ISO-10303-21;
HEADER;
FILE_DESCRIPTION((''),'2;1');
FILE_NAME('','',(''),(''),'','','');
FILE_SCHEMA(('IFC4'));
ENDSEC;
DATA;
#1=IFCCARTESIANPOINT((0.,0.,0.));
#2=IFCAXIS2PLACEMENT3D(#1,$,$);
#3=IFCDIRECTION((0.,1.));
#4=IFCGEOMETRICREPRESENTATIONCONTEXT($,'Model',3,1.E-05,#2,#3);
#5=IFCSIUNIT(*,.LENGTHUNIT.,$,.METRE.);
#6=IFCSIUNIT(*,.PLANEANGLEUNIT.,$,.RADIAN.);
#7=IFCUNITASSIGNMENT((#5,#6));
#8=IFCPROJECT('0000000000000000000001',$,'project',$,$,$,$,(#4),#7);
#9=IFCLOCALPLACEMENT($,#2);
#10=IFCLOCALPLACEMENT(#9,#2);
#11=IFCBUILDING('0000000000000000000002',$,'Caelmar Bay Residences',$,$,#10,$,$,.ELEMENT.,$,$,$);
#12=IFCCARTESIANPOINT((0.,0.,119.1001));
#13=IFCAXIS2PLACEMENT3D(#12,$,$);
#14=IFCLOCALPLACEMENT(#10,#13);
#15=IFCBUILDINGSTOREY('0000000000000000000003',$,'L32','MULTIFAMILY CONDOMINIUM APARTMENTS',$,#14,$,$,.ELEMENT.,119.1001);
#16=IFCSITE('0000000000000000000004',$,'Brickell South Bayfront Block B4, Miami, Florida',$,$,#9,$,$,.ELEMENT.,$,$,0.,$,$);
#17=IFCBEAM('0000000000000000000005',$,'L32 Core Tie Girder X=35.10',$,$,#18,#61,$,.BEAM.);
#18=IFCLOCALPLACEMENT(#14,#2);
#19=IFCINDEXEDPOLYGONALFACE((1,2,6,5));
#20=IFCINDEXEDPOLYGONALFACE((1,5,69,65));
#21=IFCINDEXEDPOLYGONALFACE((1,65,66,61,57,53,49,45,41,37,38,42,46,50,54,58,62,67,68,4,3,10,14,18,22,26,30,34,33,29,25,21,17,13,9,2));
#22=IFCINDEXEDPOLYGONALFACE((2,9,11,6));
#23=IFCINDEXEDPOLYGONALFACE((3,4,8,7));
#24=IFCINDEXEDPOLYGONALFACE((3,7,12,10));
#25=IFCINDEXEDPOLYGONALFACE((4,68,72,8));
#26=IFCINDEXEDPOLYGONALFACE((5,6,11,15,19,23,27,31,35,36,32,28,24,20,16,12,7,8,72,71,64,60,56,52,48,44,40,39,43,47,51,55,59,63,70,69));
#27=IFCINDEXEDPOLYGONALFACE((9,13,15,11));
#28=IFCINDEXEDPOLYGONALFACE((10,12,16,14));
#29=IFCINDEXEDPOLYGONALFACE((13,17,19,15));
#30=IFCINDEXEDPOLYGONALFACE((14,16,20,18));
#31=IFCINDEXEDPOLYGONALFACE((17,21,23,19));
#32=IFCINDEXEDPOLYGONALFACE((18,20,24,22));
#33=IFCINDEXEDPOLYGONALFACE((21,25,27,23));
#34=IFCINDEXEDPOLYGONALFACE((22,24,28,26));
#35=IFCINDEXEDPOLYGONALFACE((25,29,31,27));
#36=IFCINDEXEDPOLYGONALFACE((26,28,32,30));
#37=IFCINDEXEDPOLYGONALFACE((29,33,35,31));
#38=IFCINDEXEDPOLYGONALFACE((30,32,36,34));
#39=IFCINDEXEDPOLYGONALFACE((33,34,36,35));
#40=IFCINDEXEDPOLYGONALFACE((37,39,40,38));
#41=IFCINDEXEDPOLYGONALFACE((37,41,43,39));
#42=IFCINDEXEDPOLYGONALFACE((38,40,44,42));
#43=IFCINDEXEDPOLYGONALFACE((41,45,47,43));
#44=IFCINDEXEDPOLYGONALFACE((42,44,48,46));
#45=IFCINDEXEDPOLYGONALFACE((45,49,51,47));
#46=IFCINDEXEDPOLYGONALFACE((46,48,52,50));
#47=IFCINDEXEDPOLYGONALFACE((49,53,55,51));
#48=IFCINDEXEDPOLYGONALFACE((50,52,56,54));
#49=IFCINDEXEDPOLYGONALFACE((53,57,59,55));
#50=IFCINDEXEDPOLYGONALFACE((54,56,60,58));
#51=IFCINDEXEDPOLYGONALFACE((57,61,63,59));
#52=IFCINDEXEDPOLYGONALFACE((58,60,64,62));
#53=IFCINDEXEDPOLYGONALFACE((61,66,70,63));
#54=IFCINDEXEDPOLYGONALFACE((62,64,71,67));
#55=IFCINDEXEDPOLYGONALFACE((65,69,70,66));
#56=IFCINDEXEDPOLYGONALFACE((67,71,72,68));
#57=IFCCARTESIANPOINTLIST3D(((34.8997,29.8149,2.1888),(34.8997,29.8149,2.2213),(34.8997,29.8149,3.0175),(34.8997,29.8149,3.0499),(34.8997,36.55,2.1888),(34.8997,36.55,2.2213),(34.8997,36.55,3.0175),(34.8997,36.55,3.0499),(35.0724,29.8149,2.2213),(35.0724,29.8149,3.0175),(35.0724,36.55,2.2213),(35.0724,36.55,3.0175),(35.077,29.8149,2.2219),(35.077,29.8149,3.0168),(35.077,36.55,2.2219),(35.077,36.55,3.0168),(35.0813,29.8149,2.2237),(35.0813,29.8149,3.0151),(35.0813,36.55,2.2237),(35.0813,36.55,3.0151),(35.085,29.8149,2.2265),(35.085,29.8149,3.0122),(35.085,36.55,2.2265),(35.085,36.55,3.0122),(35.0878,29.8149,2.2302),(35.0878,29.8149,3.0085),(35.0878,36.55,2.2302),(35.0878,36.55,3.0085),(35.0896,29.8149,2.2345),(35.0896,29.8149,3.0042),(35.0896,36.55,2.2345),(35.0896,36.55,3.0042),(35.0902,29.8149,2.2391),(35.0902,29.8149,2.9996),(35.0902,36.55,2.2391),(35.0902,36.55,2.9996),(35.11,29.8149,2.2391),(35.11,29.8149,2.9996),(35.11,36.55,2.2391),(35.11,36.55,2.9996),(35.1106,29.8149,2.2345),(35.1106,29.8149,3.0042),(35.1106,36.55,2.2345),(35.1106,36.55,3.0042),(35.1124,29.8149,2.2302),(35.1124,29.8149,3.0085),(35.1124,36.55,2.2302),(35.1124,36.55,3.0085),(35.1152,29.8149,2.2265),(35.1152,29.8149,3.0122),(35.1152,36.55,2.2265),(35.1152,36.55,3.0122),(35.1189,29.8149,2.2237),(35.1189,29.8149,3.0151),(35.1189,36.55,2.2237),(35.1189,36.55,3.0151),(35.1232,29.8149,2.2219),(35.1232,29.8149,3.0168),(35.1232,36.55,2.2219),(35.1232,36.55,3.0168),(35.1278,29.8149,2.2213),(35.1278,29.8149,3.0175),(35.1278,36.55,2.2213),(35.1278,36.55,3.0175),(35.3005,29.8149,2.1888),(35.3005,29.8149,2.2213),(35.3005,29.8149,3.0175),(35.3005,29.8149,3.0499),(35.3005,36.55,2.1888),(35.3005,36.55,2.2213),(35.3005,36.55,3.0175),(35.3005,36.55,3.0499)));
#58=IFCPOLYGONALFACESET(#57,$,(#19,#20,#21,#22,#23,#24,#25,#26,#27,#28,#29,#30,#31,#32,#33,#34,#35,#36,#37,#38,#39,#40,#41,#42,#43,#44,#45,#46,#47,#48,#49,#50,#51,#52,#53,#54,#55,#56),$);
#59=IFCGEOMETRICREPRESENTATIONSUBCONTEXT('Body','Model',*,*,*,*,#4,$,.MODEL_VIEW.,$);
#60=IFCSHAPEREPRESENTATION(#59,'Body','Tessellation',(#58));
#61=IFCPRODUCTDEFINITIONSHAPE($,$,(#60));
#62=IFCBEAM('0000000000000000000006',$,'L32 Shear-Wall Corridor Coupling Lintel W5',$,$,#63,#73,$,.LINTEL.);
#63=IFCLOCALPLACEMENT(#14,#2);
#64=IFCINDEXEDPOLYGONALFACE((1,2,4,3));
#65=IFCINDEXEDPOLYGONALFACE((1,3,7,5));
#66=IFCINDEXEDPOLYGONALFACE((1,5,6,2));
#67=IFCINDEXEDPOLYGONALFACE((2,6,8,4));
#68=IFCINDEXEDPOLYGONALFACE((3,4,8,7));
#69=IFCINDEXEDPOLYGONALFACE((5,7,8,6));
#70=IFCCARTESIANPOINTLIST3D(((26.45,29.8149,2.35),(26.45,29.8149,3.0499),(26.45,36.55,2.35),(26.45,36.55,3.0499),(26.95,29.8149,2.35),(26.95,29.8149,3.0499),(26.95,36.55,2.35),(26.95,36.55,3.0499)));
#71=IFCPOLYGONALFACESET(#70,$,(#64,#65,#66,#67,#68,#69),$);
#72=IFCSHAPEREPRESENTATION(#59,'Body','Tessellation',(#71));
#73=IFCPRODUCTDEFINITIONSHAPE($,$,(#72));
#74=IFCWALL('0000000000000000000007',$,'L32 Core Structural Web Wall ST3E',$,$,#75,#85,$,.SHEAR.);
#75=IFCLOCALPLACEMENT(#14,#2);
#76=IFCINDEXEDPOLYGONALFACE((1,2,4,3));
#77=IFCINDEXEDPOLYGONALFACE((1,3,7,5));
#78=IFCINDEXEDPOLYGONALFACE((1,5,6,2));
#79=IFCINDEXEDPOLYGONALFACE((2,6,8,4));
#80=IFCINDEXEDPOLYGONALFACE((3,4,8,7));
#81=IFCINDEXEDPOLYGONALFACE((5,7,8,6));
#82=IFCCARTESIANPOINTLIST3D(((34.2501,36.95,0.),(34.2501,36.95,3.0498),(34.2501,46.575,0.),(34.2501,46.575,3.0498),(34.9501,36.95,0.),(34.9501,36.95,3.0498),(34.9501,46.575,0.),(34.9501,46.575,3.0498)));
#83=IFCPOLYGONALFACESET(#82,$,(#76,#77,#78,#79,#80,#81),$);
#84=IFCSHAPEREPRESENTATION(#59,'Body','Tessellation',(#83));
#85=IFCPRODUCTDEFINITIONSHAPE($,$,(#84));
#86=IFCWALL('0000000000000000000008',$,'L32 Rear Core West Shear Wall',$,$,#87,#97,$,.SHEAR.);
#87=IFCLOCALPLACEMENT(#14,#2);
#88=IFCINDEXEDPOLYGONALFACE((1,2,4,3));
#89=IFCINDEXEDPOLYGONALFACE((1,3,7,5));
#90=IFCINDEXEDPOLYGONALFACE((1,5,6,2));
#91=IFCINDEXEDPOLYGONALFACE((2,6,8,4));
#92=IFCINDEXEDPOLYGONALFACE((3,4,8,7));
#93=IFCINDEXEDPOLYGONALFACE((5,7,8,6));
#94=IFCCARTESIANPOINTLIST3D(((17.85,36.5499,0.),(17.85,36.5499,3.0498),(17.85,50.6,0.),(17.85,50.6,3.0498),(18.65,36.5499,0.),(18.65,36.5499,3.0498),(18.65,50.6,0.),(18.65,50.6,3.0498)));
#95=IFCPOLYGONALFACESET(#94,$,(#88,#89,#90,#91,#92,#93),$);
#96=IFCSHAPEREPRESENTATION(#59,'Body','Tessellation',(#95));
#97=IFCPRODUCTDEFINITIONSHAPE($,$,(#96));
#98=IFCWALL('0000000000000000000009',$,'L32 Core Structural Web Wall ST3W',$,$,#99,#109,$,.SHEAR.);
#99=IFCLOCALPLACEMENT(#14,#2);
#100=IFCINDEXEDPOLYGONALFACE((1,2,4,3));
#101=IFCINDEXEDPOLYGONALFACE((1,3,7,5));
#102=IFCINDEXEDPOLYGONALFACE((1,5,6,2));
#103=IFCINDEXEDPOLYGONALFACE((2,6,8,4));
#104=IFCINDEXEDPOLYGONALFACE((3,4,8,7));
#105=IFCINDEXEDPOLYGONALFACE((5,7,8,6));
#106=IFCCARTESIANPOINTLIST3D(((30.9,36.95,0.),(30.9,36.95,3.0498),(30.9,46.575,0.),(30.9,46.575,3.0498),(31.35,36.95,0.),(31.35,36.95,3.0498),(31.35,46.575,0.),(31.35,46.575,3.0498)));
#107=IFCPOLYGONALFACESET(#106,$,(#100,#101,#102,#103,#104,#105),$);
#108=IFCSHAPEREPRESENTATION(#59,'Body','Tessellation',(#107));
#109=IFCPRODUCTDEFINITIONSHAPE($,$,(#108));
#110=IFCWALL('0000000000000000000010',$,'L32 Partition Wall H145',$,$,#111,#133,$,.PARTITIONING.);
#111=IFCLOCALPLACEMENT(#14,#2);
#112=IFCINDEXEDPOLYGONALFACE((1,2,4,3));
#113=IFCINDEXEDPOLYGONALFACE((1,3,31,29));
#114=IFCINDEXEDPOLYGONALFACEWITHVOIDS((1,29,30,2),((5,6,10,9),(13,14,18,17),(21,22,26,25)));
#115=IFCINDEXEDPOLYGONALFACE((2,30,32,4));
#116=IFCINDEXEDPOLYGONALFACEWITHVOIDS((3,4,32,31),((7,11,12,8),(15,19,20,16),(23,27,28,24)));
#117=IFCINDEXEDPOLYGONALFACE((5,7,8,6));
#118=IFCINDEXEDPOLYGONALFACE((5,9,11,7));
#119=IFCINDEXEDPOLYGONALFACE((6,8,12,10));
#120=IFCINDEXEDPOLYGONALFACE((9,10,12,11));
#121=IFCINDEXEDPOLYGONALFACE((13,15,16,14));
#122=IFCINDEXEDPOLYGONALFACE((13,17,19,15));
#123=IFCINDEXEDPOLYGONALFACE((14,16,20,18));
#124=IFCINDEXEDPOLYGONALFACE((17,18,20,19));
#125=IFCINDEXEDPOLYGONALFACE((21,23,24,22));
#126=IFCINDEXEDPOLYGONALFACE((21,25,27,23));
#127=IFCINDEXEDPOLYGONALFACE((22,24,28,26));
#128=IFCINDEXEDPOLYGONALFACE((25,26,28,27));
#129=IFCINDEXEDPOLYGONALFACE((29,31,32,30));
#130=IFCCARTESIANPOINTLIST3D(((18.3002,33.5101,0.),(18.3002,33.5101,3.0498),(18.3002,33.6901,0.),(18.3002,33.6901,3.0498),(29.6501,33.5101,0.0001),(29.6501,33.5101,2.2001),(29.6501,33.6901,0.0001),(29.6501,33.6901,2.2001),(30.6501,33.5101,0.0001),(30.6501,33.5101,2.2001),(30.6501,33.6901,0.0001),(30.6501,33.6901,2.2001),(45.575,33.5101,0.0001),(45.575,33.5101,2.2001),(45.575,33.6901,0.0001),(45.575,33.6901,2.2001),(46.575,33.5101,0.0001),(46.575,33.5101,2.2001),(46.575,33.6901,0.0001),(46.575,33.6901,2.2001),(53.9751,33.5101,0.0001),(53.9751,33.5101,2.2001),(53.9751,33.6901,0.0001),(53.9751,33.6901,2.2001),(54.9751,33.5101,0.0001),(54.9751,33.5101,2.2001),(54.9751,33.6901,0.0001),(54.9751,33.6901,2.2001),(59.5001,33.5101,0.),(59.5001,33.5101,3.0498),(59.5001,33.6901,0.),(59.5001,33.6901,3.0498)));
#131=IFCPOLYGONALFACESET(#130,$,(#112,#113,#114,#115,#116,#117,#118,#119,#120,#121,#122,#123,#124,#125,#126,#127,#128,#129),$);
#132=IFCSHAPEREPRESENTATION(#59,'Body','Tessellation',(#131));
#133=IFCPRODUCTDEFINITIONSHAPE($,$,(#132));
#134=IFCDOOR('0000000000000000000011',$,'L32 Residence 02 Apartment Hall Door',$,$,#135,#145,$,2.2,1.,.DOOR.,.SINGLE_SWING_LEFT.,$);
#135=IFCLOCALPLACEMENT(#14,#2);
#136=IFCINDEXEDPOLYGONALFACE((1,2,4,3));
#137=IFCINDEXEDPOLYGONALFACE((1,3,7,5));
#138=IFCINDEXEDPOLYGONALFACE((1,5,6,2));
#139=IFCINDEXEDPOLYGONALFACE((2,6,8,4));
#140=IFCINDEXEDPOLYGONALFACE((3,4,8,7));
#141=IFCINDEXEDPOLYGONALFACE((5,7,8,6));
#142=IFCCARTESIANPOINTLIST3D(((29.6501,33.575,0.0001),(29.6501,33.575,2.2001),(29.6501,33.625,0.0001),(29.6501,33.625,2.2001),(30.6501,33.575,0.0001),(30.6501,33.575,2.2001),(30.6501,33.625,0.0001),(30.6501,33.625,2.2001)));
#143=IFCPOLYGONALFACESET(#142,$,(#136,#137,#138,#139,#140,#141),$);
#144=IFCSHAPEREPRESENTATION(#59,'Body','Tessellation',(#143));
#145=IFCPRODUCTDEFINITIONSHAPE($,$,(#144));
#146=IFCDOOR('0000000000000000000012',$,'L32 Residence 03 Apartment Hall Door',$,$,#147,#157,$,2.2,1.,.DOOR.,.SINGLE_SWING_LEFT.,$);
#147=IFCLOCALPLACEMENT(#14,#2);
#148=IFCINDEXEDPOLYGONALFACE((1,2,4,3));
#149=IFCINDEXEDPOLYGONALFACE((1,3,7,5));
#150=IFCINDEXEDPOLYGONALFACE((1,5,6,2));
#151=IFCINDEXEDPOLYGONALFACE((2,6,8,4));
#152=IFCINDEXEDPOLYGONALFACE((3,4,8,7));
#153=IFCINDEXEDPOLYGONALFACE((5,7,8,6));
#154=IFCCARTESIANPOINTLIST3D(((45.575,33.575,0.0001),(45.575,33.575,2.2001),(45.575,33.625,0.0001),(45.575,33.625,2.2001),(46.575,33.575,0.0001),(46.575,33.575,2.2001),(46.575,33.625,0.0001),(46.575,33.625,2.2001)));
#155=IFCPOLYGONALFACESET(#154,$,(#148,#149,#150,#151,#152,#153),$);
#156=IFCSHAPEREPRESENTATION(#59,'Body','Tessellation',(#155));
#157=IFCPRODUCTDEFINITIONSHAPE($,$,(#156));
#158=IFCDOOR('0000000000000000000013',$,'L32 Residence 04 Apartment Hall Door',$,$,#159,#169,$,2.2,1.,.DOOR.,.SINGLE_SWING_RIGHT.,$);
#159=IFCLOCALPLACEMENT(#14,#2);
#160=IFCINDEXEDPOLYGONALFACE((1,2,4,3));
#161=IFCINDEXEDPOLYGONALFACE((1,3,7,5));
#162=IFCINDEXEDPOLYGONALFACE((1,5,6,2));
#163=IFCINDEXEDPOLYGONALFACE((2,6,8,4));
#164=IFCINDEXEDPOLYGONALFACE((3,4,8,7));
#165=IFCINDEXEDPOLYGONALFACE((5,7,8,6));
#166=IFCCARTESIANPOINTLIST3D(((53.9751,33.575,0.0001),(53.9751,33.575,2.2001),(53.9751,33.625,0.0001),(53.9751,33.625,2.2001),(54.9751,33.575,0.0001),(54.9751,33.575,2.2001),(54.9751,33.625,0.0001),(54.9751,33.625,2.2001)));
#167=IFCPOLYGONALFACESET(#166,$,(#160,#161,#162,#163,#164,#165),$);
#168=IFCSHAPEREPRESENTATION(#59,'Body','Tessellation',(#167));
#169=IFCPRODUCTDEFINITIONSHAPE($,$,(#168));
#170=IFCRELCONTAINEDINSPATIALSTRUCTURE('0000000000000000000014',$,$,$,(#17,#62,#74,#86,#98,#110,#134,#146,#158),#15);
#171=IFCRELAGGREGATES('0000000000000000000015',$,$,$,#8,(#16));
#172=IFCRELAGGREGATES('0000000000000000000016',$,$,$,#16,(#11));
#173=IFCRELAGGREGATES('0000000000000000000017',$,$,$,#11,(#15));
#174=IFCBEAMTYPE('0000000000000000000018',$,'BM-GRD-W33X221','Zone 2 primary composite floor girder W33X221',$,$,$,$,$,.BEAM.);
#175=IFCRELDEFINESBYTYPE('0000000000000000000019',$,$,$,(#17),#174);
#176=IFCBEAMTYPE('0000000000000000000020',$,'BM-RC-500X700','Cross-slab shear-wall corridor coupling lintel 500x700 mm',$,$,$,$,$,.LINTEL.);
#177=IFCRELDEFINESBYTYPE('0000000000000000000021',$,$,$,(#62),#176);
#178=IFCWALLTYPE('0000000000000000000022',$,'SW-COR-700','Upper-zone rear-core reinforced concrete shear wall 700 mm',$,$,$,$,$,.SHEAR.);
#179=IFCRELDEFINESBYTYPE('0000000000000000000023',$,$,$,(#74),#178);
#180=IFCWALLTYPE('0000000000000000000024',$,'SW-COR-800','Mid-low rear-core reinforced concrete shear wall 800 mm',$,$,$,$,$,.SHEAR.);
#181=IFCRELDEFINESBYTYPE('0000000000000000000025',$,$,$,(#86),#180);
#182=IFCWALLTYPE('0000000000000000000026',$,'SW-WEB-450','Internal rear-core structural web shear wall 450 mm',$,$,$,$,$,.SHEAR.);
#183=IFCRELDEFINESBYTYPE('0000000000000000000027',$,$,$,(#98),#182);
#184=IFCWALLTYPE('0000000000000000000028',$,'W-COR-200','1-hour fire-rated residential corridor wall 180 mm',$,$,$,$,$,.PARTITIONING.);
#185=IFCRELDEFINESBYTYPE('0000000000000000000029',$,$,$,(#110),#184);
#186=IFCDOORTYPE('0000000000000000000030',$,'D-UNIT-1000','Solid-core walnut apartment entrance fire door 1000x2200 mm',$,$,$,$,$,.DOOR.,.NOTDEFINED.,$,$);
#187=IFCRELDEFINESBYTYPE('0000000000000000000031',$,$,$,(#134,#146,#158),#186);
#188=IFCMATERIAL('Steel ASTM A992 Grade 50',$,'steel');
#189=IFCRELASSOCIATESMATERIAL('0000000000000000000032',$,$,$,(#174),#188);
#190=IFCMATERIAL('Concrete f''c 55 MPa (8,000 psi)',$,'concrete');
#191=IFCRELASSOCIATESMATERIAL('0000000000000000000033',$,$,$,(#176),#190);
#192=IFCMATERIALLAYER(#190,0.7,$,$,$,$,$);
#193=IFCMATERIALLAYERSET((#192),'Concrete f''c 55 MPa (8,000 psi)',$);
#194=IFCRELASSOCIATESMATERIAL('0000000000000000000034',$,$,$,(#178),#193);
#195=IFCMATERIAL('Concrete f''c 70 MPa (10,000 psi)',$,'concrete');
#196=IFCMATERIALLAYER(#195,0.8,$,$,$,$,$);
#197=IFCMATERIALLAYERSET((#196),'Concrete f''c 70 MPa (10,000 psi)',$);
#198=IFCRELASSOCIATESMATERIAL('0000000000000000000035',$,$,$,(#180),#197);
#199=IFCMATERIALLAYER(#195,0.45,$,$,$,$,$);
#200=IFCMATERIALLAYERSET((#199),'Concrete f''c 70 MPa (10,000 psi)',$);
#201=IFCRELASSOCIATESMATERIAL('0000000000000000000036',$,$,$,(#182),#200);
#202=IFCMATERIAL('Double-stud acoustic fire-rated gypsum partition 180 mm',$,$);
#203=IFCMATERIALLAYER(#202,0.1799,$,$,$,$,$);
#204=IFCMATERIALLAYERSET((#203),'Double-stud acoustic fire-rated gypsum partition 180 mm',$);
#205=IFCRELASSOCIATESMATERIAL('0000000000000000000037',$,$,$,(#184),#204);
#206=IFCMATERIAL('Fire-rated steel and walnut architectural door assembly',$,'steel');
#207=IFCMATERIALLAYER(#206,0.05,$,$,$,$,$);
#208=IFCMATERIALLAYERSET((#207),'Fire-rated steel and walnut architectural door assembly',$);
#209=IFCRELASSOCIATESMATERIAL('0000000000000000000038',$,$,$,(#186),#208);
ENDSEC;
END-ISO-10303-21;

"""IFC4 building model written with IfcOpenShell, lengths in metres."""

from ifc_helpers import new_model, si_unit, direction, frame, frame_2d, origin, origin_2d, place, context, subcontext, project, spatial, rectangle, i_section, extrude, material, layer, layer_set, material_profile, profile_set, type_object, element, fill, save


model = new_model("IFC4")

# Units and contexts
model_context = context("Model", 3, precision=1e-05, world=origin(), true_north=direction((0.0, 1.0)))
body_context = subcontext(model_context, "Body", "Model", "MODEL_VIEW")
ifc_project = project(units=[si_unit("LENGTHUNIT", "METRE"), si_unit("PLANEANGLEUNIT", "RADIAN")], contexts=[model_context])

# Site, building, storey
site_placement = place(None, origin())
site = spatial("IfcSite", under=ifc_project, at=site_placement, Name="Brickell South Bayfront Block B4, Miami, Florida", CompositionType="ELEMENT", RefElevation=0.0)
building_placement = place(site_placement, origin())
building = spatial("IfcBuilding", under=site, at=building_placement, Name="Caelmar Bay Residences", CompositionType="ELEMENT")
storey_placement = place(building_placement, frame((0.0, 0.0, 119.1001)))
storey = spatial("IfcBuildingStorey", under=building, at=storey_placement, Name="L32", Description="MULTIFAMILY CONDOMINIUM APARTMENTS", CompositionType="ELEMENT", Elevation=119.1001)

# Beams
ifc_material_1 = material(Name="Steel ASTM A992 Grade 50", Category="steel")
ifc_material_profile_1 = material_profile(ifc_material_1, i_section(OverallWidth=0.4009, OverallDepth=0.8611, WebThickness=0.0198, FlangeThickness=0.0325, FilletRadius=0.0178, at=origin_2d()), Name="W33X221")
ifc_profile_set_1 = profile_set([ifc_material_profile_1], Name="Steel ASTM A992 Grade 50")
beam_type_1 = type_object("IfcBeamType", Name="BM-GRD-W33X221", Description="Zone 2 primary composite floor girder W33X221", PredefinedType="BEAM", material=ifc_profile_set_1)
beam_1_placement = place(storey_placement, frame((35.1001, 29.8149, 2.6194), z_axis=(0.0, 1.0, 0.0), x_axis=(-1.0, 0.0, 0.0)))
element("IfcBeam", 1, at=beam_1_placement, inside=storey, type_object=beam_type_1, Name="L32 Core Tie Girder X=35.10", PredefinedType="BEAM", context=body_context, shape_type="SweptSolid", body=[
    extrude(i_section(OverallWidth=0.4009, OverallDepth=0.8611, WebThickness=0.0198, FlangeThickness=0.0325, FilletRadius=0.0178, at=origin_2d()), origin(), (0.0, 0.0, 1.0), 6.7351),
])
ifc_material_2 = material(Name="Concrete f'c 55 MPa (8,000 psi)", Category="concrete")
ifc_material_profile_2 = material_profile(ifc_material_2, rectangle(XDim=0.5, YDim=0.7, at=origin_2d()), Name="RC-BM-500X700")
ifc_profile_set_2 = profile_set([ifc_material_profile_2], Name="Concrete f'c 55 MPa (8,000 psi)")
beam_type_2 = type_object("IfcBeamType", Name="BM-RC-500X700", Description="Cross-slab shear-wall corridor coupling lintel 500x700 mm", PredefinedType="LINTEL", material=ifc_profile_set_2)
beam_2_placement = place(storey_placement, frame((26.7, 29.8149, 2.7), z_axis=(0.0, 1.0, 0.0), x_axis=(-1.0, 0.0, 0.0)))
element("IfcBeam", 2, at=beam_2_placement, inside=storey, type_object=beam_type_2, Name="L32 Shear-Wall Corridor Coupling Lintel W5", PredefinedType="LINTEL", context=body_context, shape_type="SweptSolid", body=[
    extrude(rectangle(XDim=0.5, YDim=0.7, at=origin_2d()), origin(), (0.0, 0.0, 1.0), 6.7351),
])

# Shared definitions
ifc_layer_1 = layer(ifc_material_2, 0.7)
ifc_layer_set_1 = layer_set([ifc_layer_1], Name="Concrete f'c 55 MPa (8,000 psi)")
wall_type_1 = type_object("IfcWallType", Name="SW-COR-700", Description="Upper-zone rear-core reinforced concrete shear wall 700 mm", PredefinedType="SHEAR", material=ifc_layer_set_1)
ifc_material_3 = material(Name="Fire-rated steel and walnut architectural door assembly", Category="steel")

# Walls
wall_1_placement = place(storey_placement, frame((34.6001, 36.95, 0.0), z_axis=(0.0, 0.0, 1.0), x_axis=(0.0, 1.0, 0.0)))
element("IfcWall", 3, at=wall_1_placement, inside=storey, type_object=wall_type_1, Name="L32 Core Structural Web Wall ST3E", PredefinedType="SHEAR", context=body_context, shape_type="SweptSolid", body=[
    extrude(rectangle(XDim=9.625, YDim=0.7, at=frame_2d((4.8125, 0.0))), origin(), (0.0, 0.0, 1.0), 3.0498),
])
ifc_material_4 = material(Name="Concrete f'c 70 MPa (10,000 psi)", Category="concrete")
ifc_layer_2 = layer(ifc_material_4, 0.8)
ifc_layer_set_2 = layer_set([ifc_layer_2], Name="Concrete f'c 70 MPa (10,000 psi)")
wall_type_2 = type_object("IfcWallType", Name="SW-COR-800", Description="Mid-low rear-core reinforced concrete shear wall 800 mm", PredefinedType="SHEAR", material=ifc_layer_set_2)
wall_2_placement = place(storey_placement, frame((18.25, 36.55, 0.0), z_axis=(0.0, 0.0, 1.0), x_axis=(0.0, 1.0, 0.0)))
element("IfcWall", 4, at=wall_2_placement, inside=storey, type_object=wall_type_2, Name="L32 Rear Core West Shear Wall", PredefinedType="SHEAR", context=body_context, shape_type="SweptSolid", body=[
    extrude(rectangle(XDim=14.05, YDim=0.8, at=frame_2d((7.0249, 0.0))), origin(), (0.0, 0.0, 1.0), 3.0498),
])
ifc_layer_3 = layer(ifc_material_4, 0.45)
ifc_layer_set_3 = layer_set([ifc_layer_3], Name="Concrete f'c 70 MPa (10,000 psi)")
wall_type_3 = type_object("IfcWallType", Name="SW-WEB-450", Description="Internal rear-core structural web shear wall 450 mm", PredefinedType="SHEAR", material=ifc_layer_set_3)
wall_3_placement = place(storey_placement, frame((31.125, 36.95, 0.0), z_axis=(0.0, 0.0, 1.0), x_axis=(0.0, 1.0, 0.0)))
element("IfcWall", 5, at=wall_3_placement, inside=storey, type_object=wall_type_3, Name="L32 Core Structural Web Wall ST3W", PredefinedType="SHEAR", context=body_context, shape_type="SweptSolid", body=[
    extrude(rectangle(XDim=9.625, YDim=0.45, at=frame_2d((4.8125, 0.0))), origin(), (0.0, 0.0, 1.0), 3.0498),
])

# Wall, openings, doors
ifc_material_5 = material(Name="Double-stud acoustic fire-rated gypsum partition 180 mm")
ifc_layer_4 = layer(ifc_material_5, 0.1799)
ifc_layer_set_4 = layer_set([ifc_layer_4], Name="Double-stud acoustic fire-rated gypsum partition 180 mm")
wall_type_4 = type_object("IfcWallType", Name="W-COR-200", Description="1-hour fire-rated residential corridor wall 180 mm", PredefinedType="PARTITIONING", material=ifc_layer_set_4)
wall_4_placement = place(storey_placement, frame((18.3, 33.6001, 0.0), z_axis=(0.0, 0.0, 1.0), x_axis=(1.0, 0.0, 0.0)))
wall_4 = element("IfcWall", 6, at=wall_4_placement, inside=storey, type_object=wall_type_4, Name="L32 Partition Wall H145", PredefinedType="PARTITIONING", context=body_context, shape_type="SweptSolid", body=[
    extrude(rectangle(XDim=41.2, YDim=0.1799, at=frame_2d((20.6001, 0.0))), origin(), (0.0, 0.0, 1.0), 3.0498),
])
opening_1_placement = place(wall_4_placement, frame((11.3501, 0.0, 0.0)))
opening_1 = element("IfcOpeningElement", 7, at=opening_1_placement, cuts=wall_4, PredefinedType="OPENING", context=body_context, shape_type="SweptSolid", body=[
    extrude(rectangle(XDim=1.0, YDim=2.2, at=frame_2d((0.5, 1.1001))), frame((0.0, 0.0999, 0.0), z_axis=(0.0, -1.0, 0.0), x_axis=(1.0, 0.0, 0.0)), (0.0, 0.0, 1.0), 0.2),
])
opening_2_placement = place(wall_4_placement, frame((27.2749, 0.0, 0.0)))
opening_2 = element("IfcOpeningElement", 8, at=opening_2_placement, cuts=wall_4, PredefinedType="OPENING", context=body_context, shape_type="SweptSolid", body=[
    extrude(rectangle(XDim=1.0, YDim=2.2, at=frame_2d((0.5, 1.1001))), frame((0.0, 0.0999, 0.0), z_axis=(0.0, -1.0, 0.0), x_axis=(1.0, 0.0, 0.0)), (0.0, 0.0, 1.0), 0.2),
])
opening_3_placement = place(wall_4_placement, frame((35.675, 0.0, 0.0)))
opening_3 = element("IfcOpeningElement", 9, at=opening_3_placement, cuts=wall_4, PredefinedType="OPENING", context=body_context, shape_type="SweptSolid", body=[
    extrude(rectangle(XDim=1.0, YDim=2.2, at=frame_2d((0.5, 1.1001))), frame((0.0, 0.0999, 0.0), z_axis=(0.0, -1.0, 0.0), x_axis=(1.0, 0.0, 0.0)), (0.0, 0.0, 1.0), 0.2),
])
ifc_layer_5 = layer(ifc_material_3, 0.05)
ifc_layer_set_5 = layer_set([ifc_layer_5], Name="Fire-rated steel and walnut architectural door assembly")
door_type_1 = type_object("IfcDoorType", Name="D-UNIT-1000", Description="Solid-core walnut apartment entrance fire door 1000x2200 mm", OperationType="NOTDEFINED", PredefinedType="DOOR", material=ifc_layer_set_5)
door_1_placement = place(opening_1_placement, origin())
door_1 = element("IfcDoor", 10, at=door_1_placement, inside=storey, type_object=door_type_1, Name="L32 Residence 02 Apartment Hall Door", OperationType="SINGLE_SWING_LEFT", OverallHeight=2.2, OverallWidth=1.0, PredefinedType="DOOR", context=body_context, shape_type="SweptSolid", body=[
    extrude(rectangle(XDim=1.0, YDim=2.2, at=frame_2d((0.5, 1.1001))), frame((0.0, 0.0249, 0.0), z_axis=(0.0, -1.0, 0.0), x_axis=(1.0, 0.0, 0.0)), (0.0, 0.0, 1.0), 0.05),
])
fill(opening_1, door_1)
door_2_placement = place(opening_2_placement, origin())
door_2 = element("IfcDoor", 11, at=door_2_placement, inside=storey, type_object=door_type_1, Name="L32 Residence 03 Apartment Hall Door", OperationType="SINGLE_SWING_LEFT", OverallHeight=2.2, OverallWidth=1.0, PredefinedType="DOOR", context=body_context, shape_type="SweptSolid", body=[
    extrude(rectangle(XDim=1.0, YDim=2.2, at=frame_2d((0.5, 1.1001))), frame((0.0, 0.0249, 0.0), z_axis=(0.0, -1.0, 0.0), x_axis=(1.0, 0.0, 0.0)), (0.0, 0.0, 1.0), 0.05),
])
fill(opening_2, door_2)
door_3_placement = place(opening_3_placement, origin())
door_3 = element("IfcDoor", 12, at=door_3_placement, inside=storey, type_object=door_type_1, Name="L32 Residence 04 Apartment Hall Door", OperationType="SINGLE_SWING_RIGHT", OverallHeight=2.2, OverallWidth=1.0, PredefinedType="DOOR", context=body_context, shape_type="SweptSolid", body=[
    extrude(rectangle(XDim=1.0, YDim=2.2, at=frame_2d((0.5, 1.1001))), frame((0.0, 0.0249, 0.0), z_axis=(0.0, -1.0, 0.0), x_axis=(1.0, 0.0, 0.0)), (0.0, 0.0, 1.0), 0.05),
])
fill(opening_3, door_3)

save(model, "model.ifc")
